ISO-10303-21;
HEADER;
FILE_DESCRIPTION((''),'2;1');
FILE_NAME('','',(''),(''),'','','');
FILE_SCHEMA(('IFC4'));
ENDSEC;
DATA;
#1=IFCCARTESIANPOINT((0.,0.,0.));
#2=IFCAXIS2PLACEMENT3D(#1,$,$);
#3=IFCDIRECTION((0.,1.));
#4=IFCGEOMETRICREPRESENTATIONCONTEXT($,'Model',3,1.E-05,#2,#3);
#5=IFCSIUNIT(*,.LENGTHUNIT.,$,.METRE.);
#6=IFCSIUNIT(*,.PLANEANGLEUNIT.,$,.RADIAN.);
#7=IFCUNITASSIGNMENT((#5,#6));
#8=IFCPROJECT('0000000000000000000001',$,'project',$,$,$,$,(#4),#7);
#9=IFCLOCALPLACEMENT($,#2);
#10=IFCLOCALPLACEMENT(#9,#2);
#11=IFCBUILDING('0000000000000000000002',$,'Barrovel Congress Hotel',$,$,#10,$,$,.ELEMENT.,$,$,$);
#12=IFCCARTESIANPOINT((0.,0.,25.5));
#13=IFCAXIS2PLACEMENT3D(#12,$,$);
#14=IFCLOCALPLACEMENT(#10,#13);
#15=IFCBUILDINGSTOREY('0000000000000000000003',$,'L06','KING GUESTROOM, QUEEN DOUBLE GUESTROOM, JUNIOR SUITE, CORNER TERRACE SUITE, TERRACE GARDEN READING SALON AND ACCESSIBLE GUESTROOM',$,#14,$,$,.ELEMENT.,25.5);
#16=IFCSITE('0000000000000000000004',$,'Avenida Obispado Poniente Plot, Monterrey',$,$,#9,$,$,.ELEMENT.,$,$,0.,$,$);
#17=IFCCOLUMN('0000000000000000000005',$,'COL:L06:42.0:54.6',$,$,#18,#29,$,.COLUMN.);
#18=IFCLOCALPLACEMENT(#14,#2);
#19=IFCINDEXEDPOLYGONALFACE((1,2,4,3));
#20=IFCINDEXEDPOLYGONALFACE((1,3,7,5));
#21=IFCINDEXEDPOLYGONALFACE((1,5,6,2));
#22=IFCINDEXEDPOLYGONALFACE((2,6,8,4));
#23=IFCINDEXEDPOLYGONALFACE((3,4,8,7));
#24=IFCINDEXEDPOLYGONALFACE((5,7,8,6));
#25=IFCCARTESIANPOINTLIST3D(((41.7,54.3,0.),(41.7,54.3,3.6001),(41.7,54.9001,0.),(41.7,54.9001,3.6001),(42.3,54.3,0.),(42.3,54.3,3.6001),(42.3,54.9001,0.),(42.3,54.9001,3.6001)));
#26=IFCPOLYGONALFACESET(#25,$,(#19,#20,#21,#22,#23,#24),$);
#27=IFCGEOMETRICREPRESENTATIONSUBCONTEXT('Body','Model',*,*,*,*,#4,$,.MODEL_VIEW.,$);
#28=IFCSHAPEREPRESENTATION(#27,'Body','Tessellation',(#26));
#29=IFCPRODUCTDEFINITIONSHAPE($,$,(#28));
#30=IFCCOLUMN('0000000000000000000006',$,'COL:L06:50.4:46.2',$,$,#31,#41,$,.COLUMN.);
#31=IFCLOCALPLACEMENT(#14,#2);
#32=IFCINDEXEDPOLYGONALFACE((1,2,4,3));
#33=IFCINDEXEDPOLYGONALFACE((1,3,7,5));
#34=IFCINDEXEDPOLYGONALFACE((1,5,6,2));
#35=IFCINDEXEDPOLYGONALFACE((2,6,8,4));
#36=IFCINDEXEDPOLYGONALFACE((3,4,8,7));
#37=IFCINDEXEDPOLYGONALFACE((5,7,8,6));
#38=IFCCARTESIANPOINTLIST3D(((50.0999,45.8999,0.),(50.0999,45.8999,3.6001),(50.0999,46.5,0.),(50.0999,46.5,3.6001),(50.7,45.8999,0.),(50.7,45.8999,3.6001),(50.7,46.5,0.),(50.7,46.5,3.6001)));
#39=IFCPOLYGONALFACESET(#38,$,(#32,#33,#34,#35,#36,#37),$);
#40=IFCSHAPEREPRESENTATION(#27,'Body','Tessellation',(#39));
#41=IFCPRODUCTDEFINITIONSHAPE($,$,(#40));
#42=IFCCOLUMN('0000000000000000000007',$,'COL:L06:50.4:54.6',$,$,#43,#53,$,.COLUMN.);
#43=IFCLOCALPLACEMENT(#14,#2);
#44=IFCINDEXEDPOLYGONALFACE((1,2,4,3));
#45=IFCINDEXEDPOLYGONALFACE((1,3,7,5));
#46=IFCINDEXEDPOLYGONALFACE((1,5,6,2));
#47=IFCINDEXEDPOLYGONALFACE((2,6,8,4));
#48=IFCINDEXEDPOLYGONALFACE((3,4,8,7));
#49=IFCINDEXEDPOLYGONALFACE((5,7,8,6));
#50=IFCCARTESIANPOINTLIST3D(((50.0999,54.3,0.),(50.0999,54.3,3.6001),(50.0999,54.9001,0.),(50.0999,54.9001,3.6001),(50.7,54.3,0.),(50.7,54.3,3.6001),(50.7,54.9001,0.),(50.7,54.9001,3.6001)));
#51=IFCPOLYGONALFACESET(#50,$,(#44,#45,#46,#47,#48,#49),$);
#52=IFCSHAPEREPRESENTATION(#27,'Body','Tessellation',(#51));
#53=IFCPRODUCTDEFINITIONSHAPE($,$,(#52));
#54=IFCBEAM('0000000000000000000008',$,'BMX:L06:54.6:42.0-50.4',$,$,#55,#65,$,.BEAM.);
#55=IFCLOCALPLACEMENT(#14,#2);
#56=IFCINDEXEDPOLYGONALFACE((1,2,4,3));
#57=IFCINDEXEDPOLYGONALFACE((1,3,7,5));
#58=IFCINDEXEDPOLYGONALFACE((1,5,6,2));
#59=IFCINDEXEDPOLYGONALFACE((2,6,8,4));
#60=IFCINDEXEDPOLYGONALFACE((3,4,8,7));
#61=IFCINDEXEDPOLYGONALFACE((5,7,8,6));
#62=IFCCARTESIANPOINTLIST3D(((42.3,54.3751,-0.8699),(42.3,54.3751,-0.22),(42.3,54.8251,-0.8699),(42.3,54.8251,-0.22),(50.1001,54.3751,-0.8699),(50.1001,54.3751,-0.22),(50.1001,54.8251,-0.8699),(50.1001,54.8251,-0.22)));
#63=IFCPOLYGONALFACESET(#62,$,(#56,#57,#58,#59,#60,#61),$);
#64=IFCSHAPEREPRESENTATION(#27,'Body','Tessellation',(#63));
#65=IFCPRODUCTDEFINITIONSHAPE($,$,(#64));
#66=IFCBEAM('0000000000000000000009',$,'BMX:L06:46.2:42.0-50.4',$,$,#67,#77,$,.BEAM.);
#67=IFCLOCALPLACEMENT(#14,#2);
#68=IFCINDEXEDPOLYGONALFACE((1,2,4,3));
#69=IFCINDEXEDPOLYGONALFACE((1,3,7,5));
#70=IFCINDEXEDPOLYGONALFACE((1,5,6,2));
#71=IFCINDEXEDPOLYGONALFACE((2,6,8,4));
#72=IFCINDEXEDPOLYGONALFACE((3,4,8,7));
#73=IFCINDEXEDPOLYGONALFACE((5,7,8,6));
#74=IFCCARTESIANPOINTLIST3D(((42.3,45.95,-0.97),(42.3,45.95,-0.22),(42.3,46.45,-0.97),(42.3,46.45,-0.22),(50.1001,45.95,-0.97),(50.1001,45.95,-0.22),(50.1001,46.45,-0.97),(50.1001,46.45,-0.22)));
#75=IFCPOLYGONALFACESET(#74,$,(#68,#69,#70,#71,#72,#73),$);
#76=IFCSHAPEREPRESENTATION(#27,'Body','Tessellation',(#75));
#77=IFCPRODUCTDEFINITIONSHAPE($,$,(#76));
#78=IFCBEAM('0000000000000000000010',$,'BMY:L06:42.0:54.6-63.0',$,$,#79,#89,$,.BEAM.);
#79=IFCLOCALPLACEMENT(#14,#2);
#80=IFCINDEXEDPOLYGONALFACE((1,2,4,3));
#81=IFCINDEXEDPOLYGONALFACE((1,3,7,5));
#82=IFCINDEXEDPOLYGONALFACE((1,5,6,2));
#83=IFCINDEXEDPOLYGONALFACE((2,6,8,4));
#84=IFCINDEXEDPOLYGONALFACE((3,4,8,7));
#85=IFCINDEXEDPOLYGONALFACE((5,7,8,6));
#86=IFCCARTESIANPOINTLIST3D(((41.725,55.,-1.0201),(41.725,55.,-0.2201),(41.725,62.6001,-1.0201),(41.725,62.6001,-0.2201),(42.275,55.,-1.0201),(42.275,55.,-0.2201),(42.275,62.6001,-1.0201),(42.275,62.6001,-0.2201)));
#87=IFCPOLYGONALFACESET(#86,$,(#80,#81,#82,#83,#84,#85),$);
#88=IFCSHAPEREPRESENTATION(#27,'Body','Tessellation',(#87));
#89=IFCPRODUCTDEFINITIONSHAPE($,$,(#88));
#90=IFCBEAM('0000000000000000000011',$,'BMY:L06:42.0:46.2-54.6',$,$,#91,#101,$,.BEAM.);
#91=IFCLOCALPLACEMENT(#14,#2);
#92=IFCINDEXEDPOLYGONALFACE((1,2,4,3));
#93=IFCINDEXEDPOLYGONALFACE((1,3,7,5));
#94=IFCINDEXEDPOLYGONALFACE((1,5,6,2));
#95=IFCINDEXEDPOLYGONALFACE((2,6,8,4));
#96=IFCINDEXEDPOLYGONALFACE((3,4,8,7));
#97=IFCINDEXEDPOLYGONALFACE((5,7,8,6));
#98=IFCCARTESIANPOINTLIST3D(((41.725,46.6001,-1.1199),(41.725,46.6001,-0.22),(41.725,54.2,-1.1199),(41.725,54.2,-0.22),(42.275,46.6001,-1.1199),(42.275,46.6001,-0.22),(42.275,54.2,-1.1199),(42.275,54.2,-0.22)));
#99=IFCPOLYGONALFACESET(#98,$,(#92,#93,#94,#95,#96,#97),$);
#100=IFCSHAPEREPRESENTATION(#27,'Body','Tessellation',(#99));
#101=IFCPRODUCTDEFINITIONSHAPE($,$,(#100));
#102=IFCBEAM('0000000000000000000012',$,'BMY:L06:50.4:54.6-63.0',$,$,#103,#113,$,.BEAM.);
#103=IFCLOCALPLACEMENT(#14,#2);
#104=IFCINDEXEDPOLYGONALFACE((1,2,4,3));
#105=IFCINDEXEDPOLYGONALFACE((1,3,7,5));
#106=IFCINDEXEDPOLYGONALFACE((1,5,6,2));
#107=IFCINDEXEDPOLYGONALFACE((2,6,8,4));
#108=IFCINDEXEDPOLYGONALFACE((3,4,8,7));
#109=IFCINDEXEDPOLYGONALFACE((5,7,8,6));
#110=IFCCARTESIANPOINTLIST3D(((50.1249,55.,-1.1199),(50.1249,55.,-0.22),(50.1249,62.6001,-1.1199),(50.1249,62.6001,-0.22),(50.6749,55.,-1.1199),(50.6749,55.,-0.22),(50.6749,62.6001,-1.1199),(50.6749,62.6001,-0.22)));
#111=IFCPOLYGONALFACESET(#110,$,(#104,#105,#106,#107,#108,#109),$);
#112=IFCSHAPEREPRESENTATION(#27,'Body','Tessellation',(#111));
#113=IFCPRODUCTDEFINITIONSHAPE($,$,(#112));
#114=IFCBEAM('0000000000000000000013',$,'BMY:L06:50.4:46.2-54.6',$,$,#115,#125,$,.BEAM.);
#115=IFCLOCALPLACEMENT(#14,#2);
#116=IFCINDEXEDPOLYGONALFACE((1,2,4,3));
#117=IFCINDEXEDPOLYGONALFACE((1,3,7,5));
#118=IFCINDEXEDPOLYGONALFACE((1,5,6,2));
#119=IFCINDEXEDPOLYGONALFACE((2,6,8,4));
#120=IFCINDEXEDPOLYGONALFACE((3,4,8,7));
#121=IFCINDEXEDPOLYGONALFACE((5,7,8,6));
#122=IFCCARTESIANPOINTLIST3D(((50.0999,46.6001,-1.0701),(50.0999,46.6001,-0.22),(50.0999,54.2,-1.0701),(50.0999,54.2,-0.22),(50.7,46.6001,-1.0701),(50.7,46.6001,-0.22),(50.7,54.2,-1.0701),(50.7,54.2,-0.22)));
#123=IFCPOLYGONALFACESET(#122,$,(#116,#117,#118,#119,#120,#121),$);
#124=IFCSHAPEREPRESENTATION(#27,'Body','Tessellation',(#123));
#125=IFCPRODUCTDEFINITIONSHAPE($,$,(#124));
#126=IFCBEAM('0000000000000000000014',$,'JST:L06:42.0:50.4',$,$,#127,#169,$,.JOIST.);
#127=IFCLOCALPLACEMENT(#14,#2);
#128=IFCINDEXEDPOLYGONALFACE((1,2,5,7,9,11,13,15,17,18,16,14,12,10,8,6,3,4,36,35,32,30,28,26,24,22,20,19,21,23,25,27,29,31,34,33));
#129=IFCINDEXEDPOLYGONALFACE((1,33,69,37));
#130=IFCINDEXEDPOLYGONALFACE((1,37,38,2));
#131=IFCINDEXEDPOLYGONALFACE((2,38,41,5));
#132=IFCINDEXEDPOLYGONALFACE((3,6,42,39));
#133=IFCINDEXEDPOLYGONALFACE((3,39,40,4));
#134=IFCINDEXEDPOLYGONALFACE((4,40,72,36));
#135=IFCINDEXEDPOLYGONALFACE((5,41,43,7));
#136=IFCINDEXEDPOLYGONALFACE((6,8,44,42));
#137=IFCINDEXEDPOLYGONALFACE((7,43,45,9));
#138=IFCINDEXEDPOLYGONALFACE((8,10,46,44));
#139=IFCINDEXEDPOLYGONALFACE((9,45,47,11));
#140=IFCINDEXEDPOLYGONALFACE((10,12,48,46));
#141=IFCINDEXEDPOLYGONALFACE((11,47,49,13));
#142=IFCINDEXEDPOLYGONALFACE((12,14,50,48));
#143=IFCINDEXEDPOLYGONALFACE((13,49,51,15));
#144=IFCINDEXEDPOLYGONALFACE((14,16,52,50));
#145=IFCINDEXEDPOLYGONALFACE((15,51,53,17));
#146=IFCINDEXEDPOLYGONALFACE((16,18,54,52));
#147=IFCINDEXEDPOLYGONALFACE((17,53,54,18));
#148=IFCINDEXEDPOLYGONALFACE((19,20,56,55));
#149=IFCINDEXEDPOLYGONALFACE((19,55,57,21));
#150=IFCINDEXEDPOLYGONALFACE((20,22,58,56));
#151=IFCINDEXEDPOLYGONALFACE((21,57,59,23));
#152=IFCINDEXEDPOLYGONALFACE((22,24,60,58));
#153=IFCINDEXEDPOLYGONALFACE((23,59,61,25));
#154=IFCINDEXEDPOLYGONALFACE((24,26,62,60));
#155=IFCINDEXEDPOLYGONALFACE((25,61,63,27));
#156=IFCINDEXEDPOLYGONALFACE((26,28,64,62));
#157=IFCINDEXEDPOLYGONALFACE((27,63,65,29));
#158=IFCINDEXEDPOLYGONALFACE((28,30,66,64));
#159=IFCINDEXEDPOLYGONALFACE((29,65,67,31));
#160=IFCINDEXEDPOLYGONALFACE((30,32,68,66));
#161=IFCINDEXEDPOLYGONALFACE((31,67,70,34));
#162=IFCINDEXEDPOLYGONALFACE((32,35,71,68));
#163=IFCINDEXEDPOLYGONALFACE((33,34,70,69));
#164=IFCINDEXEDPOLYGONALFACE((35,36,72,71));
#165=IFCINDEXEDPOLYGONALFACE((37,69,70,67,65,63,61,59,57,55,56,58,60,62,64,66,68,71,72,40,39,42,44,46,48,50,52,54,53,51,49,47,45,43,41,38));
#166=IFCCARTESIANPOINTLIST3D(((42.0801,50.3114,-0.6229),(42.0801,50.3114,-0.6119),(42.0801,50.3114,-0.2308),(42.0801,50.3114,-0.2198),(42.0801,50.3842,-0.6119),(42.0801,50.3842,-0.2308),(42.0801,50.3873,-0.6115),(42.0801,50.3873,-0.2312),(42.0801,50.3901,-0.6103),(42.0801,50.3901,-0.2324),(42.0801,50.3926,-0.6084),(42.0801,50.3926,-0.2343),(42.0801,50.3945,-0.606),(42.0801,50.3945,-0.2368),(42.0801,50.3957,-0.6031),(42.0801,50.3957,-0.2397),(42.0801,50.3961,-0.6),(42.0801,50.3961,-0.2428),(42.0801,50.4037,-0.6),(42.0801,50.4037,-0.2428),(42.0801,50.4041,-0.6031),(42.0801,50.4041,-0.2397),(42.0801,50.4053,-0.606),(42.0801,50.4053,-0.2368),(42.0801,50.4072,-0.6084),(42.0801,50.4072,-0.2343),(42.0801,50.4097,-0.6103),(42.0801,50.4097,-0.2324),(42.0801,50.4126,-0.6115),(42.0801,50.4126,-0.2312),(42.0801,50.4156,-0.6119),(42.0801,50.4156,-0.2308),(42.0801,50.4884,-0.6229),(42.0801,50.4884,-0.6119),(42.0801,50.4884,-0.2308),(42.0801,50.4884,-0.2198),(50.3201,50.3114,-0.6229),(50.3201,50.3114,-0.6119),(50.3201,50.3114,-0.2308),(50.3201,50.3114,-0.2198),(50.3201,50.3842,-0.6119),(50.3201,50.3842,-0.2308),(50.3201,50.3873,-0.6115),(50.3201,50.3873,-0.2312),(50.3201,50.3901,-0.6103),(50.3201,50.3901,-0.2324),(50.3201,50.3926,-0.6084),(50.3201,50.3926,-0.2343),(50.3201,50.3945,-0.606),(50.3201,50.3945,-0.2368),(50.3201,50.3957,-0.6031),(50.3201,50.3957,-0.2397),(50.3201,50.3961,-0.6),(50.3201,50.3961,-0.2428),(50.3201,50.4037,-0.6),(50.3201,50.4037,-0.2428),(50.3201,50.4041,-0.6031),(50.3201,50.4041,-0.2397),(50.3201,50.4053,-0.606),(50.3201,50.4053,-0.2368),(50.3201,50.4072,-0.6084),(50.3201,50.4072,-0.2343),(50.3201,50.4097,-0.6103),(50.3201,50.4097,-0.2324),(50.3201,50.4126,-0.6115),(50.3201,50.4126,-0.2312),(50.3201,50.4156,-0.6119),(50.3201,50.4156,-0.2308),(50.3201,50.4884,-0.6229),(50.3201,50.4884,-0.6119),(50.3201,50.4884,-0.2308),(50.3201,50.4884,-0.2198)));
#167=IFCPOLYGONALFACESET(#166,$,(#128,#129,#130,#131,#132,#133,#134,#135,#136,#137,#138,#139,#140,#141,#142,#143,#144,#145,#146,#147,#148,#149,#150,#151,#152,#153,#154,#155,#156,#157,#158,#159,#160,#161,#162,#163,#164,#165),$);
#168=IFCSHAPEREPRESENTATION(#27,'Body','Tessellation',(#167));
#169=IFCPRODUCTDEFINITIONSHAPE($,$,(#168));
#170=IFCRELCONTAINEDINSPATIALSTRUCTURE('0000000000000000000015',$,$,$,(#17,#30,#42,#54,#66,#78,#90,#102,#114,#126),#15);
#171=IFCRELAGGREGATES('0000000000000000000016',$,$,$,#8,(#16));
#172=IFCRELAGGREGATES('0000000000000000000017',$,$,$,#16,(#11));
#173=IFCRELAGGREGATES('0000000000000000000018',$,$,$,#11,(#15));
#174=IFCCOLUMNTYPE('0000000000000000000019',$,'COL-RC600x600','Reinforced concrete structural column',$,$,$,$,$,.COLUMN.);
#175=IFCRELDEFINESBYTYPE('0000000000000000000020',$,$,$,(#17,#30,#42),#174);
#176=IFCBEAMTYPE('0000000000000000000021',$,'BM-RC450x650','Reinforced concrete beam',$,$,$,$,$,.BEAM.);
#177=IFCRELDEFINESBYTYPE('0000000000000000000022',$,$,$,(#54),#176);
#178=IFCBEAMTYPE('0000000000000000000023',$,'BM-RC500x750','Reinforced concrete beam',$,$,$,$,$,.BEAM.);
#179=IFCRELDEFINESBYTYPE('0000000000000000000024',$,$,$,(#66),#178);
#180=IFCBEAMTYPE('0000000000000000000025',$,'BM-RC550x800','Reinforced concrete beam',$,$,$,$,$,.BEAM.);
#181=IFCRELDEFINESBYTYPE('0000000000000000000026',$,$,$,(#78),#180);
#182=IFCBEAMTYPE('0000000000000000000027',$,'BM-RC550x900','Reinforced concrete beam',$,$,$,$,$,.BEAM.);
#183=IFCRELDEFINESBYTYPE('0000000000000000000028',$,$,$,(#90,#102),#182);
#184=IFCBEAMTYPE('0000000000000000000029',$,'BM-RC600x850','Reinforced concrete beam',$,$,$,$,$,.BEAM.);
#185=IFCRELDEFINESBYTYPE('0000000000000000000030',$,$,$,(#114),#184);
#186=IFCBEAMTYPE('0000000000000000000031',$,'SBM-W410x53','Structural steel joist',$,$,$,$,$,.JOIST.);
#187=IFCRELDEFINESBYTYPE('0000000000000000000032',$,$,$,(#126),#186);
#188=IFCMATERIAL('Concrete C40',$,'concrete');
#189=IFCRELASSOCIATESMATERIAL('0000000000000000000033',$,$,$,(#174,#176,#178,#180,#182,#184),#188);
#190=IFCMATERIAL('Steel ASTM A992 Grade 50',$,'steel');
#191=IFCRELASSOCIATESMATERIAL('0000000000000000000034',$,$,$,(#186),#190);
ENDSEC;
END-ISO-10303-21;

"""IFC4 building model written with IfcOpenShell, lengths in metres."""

from ifc_helpers import new_model, si_unit, direction, frame, origin, origin_2d, place, context, subcontext, project, spatial, rectangle, i_section, extrude, material, material_profile, profile_set, type_object, element, save


model = new_model("IFC4")

# Units and contexts
model_context = context("Model", 3, precision=1e-05, world=origin(), true_north=direction((0.0, 1.0)))
body_context = subcontext(model_context, "Body", "Model", "MODEL_VIEW")
ifc_project = project(units=[si_unit("LENGTHUNIT", "METRE"), si_unit("PLANEANGLEUNIT", "RADIAN")], contexts=[model_context])

# Site, building, storey
site_placement = place(None, origin())
site = spatial("IfcSite", under=ifc_project, at=site_placement, Name="Avenida Obispado Poniente Plot, Monterrey", CompositionType="ELEMENT", RefElevation=0.0)
building_placement = place(site_placement, origin())
building = spatial("IfcBuilding", under=site, at=building_placement, Name="Barrovel Congress Hotel", CompositionType="ELEMENT")
storey_placement = place(building_placement, frame((0.0, 0.0, 25.5)))
storey = spatial("IfcBuildingStorey", under=building, at=storey_placement, Name="L06", Description="KING GUESTROOM, QUEEN DOUBLE GUESTROOM, JUNIOR SUITE, CORNER TERRACE SUITE, TERRACE GARDEN READING SALON AND ACCESSIBLE GUESTROOM", CompositionType="ELEMENT", Elevation=25.5)

# Columns
ifc_material_1 = material(Name="Concrete C40", Category="concrete")
ifc_material_profile_1 = material_profile(ifc_material_1, rectangle(XDim=0.6001, YDim=0.6001, at=origin_2d()), Name="RC600x600")
ifc_profile_set_1 = profile_set([ifc_material_profile_1], Name="Concrete C40")
column_type = type_object("IfcColumnType", Name="COL-RC600x600", Description="Reinforced concrete structural column", PredefinedType="COLUMN", material=ifc_profile_set_1)
for number, where, z_axis, x_axis, name in (
    (1, (42.0, 54.6001, 0.0), (0.0, 0.0, 1.0), (1.0, 0.0, 0.0), "COL:L06:42.0:54.6"),
    (2, (50.3999, 46.2, 0.0), (0.0, 0.0, 1.0), (1.0, 0.0, 0.0), "COL:L06:50.4:46.2"),
    (3, (50.3999, 54.6001, 0.0), (0.0, 0.0, 1.0), (1.0, 0.0, 0.0), "COL:L06:50.4:54.6"),
):
    element("IfcColumn", number, at=place(storey_placement, frame(where, z_axis=z_axis, x_axis=x_axis)), inside=storey, type_object=column_type, Name=name, PredefinedType="COLUMN", context=body_context, shape_type="SweptSolid", body=[
        extrude(rectangle(XDim=0.6001, YDim=0.6001, at=origin_2d()), origin(), (0.0, 0.0, 1.0), 3.6001),
    ])

# Beams
ifc_material_profile_2 = material_profile(ifc_material_1, rectangle(XDim=0.45, YDim=0.6499, at=origin_2d()), Name="RC450x650")
ifc_profile_set_2 = profile_set([ifc_material_profile_2], Name="Concrete C40")
beam_type_1 = type_object("IfcBeamType", Name="BM-RC450x650", Description="Reinforced concrete beam", PredefinedType="BEAM", material=ifc_profile_set_2)
beam_1_placement = place(storey_placement, frame((42.3, 54.6001, -0.5449), z_axis=(1.0, 0.0, 0.0), x_axis=(0.0, 1.0, 0.0)))
element("IfcBeam", 4, at=beam_1_placement, inside=storey, type_object=beam_type_1, Name="BMX:L06:54.6:42.0-50.4", PredefinedType="BEAM", context=body_context, shape_type="SweptSolid", body=[
    extrude(rectangle(XDim=0.45, YDim=0.6499, at=origin_2d()), origin(), (0.0, 0.0, 1.0), 7.8),
])
ifc_material_profile_3 = material_profile(ifc_material_1, rectangle(XDim=0.5, YDim=0.75, at=origin_2d()), Name="RC500x750")
ifc_profile_set_3 = profile_set([ifc_material_profile_3], Name="Concrete C40")
beam_type_2 = type_object("IfcBeamType", Name="BM-RC500x750", Description="Reinforced concrete beam", PredefinedType="BEAM", material=ifc_profile_set_3)
beam_2_placement = place(storey_placement, frame((42.3, 46.2, -0.595), z_axis=(1.0, 0.0, 0.0), x_axis=(0.0, 1.0, 0.0)))
element("IfcBeam", 5, at=beam_2_placement, inside=storey, type_object=beam_type_2, Name="BMX:L06:46.2:42.0-50.4", PredefinedType="BEAM", context=body_context, shape_type="SweptSolid", body=[
    extrude(rectangle(XDim=0.5, YDim=0.75, at=origin_2d()), origin(), (0.0, 0.0, 1.0), 7.8),
])
ifc_material_profile_4 = material_profile(ifc_material_1, rectangle(XDim=0.55, YDim=0.8, at=origin_2d()), Name="RC550x800")
ifc_profile_set_4 = profile_set([ifc_material_profile_4], Name="Concrete C40")
beam_type_3 = type_object("IfcBeamType", Name="BM-RC550x800", Description="Reinforced concrete beam", PredefinedType="BEAM", material=ifc_profile_set_4)
beam_3_placement = place(storey_placement, frame((42.0, 55.0, -0.6201), z_axis=(0.0, 1.0, 0.0), x_axis=(-1.0, 0.0, 0.0)))
element("IfcBeam", 6, at=beam_3_placement, inside=storey, type_object=beam_type_3, Name="BMY:L06:42.0:54.6-63.0", PredefinedType="BEAM", context=body_context, shape_type="SweptSolid", body=[
    extrude(rectangle(XDim=0.55, YDim=0.8, at=origin_2d()), origin(), (0.0, 0.0, 1.0), 7.6001),
])
ifc_material_profile_5 = material_profile(ifc_material_1, rectangle(XDim=0.55, YDim=0.8999, at=origin_2d()), Name="RC550x900")
ifc_profile_set_5 = profile_set([ifc_material_profile_5], Name="Concrete C40")
beam_type_4 = type_object("IfcBeamType", Name="BM-RC550x900", Description="Reinforced concrete beam", PredefinedType="BEAM", material=ifc_profile_set_5)
beam_4_placement = place(storey_placement, frame((42.0, 46.6001, -0.6699), z_axis=(0.0, 1.0, 0.0), x_axis=(-1.0, 0.0, 0.0)))
element("IfcBeam", 7, at=beam_4_placement, inside=storey, type_object=beam_type_4, Name="BMY:L06:42.0:46.2-54.6", PredefinedType="BEAM", context=body_context, shape_type="SweptSolid", body=[
    extrude(rectangle(XDim=0.55, YDim=0.8999, at=origin_2d()), origin(), (0.0, 0.0, 1.0), 7.5999),
])
beam_5_placement = place(storey_placement, frame((50.3999, 55.0, -0.6699), z_axis=(0.0, 1.0, 0.0), x_axis=(-1.0, 0.0, 0.0)))
element("IfcBeam", 8, at=beam_5_placement, inside=storey, type_object=beam_type_4, Name="BMY:L06:50.4:54.6-63.0", PredefinedType="BEAM", context=body_context, shape_type="SweptSolid", body=[
    extrude(rectangle(XDim=0.55, YDim=0.8999, at=origin_2d()), origin(), (0.0, 0.0, 1.0), 7.6001),
])
ifc_material_profile_6 = material_profile(ifc_material_1, rectangle(XDim=0.6001, YDim=0.8501, at=origin_2d()), Name="RC600x850")
ifc_profile_set_6 = profile_set([ifc_material_profile_6], Name="Concrete C40")
beam_type_5 = type_object("IfcBeamType", Name="BM-RC600x850", Description="Reinforced concrete beam", PredefinedType="BEAM", material=ifc_profile_set_6)
beam_6_placement = place(storey_placement, frame((50.3999, 46.6001, -0.645), z_axis=(0.0, 1.0, 0.0), x_axis=(-1.0, 0.0, 0.0)))
element("IfcBeam", 9, at=beam_6_placement, inside=storey, type_object=beam_type_5, Name="BMY:L06:50.4:46.2-54.6", PredefinedType="BEAM", context=body_context, shape_type="SweptSolid", body=[
    extrude(rectangle(XDim=0.6001, YDim=0.8501, at=origin_2d()), origin(), (0.0, 0.0, 1.0), 7.5999),
])
ifc_material_2 = material(Name="Steel ASTM A992 Grade 50", Category="steel")
ifc_material_profile_7 = material_profile(ifc_material_2, i_section(OverallWidth=0.177, OverallDepth=0.4031, WebThickness=0.0076, FlangeThickness=0.011, FilletRadius=0.012, at=origin_2d()), Name="W410x53")
ifc_profile_set_7 = profile_set([ifc_material_profile_7], Name="Steel ASTM A992 Grade 50")
beam_type_6 = type_object("IfcBeamType", Name="SBM-W410x53", Description="Structural steel joist", PredefinedType="JOIST", material=ifc_profile_set_7)
beam_7_placement = place(storey_placement, frame((42.0801, 50.3999, -0.4214), z_axis=(1.0, 0.0, 0.0), x_axis=(0.0, 1.0, 0.0)))
element("IfcBeam", 10, at=beam_7_placement, inside=storey, type_object=beam_type_6, Name="JST:L06:42.0:50.4", PredefinedType="JOIST", context=body_context, shape_type="SweptSolid", body=[
    extrude(i_section(OverallWidth=0.177, OverallDepth=0.4031, WebThickness=0.0076, FlangeThickness=0.011, FilletRadius=0.012, at=origin_2d()), origin(), (0.0, 0.0, 1.0), 8.24),
])

save(model, "model.ifc")
